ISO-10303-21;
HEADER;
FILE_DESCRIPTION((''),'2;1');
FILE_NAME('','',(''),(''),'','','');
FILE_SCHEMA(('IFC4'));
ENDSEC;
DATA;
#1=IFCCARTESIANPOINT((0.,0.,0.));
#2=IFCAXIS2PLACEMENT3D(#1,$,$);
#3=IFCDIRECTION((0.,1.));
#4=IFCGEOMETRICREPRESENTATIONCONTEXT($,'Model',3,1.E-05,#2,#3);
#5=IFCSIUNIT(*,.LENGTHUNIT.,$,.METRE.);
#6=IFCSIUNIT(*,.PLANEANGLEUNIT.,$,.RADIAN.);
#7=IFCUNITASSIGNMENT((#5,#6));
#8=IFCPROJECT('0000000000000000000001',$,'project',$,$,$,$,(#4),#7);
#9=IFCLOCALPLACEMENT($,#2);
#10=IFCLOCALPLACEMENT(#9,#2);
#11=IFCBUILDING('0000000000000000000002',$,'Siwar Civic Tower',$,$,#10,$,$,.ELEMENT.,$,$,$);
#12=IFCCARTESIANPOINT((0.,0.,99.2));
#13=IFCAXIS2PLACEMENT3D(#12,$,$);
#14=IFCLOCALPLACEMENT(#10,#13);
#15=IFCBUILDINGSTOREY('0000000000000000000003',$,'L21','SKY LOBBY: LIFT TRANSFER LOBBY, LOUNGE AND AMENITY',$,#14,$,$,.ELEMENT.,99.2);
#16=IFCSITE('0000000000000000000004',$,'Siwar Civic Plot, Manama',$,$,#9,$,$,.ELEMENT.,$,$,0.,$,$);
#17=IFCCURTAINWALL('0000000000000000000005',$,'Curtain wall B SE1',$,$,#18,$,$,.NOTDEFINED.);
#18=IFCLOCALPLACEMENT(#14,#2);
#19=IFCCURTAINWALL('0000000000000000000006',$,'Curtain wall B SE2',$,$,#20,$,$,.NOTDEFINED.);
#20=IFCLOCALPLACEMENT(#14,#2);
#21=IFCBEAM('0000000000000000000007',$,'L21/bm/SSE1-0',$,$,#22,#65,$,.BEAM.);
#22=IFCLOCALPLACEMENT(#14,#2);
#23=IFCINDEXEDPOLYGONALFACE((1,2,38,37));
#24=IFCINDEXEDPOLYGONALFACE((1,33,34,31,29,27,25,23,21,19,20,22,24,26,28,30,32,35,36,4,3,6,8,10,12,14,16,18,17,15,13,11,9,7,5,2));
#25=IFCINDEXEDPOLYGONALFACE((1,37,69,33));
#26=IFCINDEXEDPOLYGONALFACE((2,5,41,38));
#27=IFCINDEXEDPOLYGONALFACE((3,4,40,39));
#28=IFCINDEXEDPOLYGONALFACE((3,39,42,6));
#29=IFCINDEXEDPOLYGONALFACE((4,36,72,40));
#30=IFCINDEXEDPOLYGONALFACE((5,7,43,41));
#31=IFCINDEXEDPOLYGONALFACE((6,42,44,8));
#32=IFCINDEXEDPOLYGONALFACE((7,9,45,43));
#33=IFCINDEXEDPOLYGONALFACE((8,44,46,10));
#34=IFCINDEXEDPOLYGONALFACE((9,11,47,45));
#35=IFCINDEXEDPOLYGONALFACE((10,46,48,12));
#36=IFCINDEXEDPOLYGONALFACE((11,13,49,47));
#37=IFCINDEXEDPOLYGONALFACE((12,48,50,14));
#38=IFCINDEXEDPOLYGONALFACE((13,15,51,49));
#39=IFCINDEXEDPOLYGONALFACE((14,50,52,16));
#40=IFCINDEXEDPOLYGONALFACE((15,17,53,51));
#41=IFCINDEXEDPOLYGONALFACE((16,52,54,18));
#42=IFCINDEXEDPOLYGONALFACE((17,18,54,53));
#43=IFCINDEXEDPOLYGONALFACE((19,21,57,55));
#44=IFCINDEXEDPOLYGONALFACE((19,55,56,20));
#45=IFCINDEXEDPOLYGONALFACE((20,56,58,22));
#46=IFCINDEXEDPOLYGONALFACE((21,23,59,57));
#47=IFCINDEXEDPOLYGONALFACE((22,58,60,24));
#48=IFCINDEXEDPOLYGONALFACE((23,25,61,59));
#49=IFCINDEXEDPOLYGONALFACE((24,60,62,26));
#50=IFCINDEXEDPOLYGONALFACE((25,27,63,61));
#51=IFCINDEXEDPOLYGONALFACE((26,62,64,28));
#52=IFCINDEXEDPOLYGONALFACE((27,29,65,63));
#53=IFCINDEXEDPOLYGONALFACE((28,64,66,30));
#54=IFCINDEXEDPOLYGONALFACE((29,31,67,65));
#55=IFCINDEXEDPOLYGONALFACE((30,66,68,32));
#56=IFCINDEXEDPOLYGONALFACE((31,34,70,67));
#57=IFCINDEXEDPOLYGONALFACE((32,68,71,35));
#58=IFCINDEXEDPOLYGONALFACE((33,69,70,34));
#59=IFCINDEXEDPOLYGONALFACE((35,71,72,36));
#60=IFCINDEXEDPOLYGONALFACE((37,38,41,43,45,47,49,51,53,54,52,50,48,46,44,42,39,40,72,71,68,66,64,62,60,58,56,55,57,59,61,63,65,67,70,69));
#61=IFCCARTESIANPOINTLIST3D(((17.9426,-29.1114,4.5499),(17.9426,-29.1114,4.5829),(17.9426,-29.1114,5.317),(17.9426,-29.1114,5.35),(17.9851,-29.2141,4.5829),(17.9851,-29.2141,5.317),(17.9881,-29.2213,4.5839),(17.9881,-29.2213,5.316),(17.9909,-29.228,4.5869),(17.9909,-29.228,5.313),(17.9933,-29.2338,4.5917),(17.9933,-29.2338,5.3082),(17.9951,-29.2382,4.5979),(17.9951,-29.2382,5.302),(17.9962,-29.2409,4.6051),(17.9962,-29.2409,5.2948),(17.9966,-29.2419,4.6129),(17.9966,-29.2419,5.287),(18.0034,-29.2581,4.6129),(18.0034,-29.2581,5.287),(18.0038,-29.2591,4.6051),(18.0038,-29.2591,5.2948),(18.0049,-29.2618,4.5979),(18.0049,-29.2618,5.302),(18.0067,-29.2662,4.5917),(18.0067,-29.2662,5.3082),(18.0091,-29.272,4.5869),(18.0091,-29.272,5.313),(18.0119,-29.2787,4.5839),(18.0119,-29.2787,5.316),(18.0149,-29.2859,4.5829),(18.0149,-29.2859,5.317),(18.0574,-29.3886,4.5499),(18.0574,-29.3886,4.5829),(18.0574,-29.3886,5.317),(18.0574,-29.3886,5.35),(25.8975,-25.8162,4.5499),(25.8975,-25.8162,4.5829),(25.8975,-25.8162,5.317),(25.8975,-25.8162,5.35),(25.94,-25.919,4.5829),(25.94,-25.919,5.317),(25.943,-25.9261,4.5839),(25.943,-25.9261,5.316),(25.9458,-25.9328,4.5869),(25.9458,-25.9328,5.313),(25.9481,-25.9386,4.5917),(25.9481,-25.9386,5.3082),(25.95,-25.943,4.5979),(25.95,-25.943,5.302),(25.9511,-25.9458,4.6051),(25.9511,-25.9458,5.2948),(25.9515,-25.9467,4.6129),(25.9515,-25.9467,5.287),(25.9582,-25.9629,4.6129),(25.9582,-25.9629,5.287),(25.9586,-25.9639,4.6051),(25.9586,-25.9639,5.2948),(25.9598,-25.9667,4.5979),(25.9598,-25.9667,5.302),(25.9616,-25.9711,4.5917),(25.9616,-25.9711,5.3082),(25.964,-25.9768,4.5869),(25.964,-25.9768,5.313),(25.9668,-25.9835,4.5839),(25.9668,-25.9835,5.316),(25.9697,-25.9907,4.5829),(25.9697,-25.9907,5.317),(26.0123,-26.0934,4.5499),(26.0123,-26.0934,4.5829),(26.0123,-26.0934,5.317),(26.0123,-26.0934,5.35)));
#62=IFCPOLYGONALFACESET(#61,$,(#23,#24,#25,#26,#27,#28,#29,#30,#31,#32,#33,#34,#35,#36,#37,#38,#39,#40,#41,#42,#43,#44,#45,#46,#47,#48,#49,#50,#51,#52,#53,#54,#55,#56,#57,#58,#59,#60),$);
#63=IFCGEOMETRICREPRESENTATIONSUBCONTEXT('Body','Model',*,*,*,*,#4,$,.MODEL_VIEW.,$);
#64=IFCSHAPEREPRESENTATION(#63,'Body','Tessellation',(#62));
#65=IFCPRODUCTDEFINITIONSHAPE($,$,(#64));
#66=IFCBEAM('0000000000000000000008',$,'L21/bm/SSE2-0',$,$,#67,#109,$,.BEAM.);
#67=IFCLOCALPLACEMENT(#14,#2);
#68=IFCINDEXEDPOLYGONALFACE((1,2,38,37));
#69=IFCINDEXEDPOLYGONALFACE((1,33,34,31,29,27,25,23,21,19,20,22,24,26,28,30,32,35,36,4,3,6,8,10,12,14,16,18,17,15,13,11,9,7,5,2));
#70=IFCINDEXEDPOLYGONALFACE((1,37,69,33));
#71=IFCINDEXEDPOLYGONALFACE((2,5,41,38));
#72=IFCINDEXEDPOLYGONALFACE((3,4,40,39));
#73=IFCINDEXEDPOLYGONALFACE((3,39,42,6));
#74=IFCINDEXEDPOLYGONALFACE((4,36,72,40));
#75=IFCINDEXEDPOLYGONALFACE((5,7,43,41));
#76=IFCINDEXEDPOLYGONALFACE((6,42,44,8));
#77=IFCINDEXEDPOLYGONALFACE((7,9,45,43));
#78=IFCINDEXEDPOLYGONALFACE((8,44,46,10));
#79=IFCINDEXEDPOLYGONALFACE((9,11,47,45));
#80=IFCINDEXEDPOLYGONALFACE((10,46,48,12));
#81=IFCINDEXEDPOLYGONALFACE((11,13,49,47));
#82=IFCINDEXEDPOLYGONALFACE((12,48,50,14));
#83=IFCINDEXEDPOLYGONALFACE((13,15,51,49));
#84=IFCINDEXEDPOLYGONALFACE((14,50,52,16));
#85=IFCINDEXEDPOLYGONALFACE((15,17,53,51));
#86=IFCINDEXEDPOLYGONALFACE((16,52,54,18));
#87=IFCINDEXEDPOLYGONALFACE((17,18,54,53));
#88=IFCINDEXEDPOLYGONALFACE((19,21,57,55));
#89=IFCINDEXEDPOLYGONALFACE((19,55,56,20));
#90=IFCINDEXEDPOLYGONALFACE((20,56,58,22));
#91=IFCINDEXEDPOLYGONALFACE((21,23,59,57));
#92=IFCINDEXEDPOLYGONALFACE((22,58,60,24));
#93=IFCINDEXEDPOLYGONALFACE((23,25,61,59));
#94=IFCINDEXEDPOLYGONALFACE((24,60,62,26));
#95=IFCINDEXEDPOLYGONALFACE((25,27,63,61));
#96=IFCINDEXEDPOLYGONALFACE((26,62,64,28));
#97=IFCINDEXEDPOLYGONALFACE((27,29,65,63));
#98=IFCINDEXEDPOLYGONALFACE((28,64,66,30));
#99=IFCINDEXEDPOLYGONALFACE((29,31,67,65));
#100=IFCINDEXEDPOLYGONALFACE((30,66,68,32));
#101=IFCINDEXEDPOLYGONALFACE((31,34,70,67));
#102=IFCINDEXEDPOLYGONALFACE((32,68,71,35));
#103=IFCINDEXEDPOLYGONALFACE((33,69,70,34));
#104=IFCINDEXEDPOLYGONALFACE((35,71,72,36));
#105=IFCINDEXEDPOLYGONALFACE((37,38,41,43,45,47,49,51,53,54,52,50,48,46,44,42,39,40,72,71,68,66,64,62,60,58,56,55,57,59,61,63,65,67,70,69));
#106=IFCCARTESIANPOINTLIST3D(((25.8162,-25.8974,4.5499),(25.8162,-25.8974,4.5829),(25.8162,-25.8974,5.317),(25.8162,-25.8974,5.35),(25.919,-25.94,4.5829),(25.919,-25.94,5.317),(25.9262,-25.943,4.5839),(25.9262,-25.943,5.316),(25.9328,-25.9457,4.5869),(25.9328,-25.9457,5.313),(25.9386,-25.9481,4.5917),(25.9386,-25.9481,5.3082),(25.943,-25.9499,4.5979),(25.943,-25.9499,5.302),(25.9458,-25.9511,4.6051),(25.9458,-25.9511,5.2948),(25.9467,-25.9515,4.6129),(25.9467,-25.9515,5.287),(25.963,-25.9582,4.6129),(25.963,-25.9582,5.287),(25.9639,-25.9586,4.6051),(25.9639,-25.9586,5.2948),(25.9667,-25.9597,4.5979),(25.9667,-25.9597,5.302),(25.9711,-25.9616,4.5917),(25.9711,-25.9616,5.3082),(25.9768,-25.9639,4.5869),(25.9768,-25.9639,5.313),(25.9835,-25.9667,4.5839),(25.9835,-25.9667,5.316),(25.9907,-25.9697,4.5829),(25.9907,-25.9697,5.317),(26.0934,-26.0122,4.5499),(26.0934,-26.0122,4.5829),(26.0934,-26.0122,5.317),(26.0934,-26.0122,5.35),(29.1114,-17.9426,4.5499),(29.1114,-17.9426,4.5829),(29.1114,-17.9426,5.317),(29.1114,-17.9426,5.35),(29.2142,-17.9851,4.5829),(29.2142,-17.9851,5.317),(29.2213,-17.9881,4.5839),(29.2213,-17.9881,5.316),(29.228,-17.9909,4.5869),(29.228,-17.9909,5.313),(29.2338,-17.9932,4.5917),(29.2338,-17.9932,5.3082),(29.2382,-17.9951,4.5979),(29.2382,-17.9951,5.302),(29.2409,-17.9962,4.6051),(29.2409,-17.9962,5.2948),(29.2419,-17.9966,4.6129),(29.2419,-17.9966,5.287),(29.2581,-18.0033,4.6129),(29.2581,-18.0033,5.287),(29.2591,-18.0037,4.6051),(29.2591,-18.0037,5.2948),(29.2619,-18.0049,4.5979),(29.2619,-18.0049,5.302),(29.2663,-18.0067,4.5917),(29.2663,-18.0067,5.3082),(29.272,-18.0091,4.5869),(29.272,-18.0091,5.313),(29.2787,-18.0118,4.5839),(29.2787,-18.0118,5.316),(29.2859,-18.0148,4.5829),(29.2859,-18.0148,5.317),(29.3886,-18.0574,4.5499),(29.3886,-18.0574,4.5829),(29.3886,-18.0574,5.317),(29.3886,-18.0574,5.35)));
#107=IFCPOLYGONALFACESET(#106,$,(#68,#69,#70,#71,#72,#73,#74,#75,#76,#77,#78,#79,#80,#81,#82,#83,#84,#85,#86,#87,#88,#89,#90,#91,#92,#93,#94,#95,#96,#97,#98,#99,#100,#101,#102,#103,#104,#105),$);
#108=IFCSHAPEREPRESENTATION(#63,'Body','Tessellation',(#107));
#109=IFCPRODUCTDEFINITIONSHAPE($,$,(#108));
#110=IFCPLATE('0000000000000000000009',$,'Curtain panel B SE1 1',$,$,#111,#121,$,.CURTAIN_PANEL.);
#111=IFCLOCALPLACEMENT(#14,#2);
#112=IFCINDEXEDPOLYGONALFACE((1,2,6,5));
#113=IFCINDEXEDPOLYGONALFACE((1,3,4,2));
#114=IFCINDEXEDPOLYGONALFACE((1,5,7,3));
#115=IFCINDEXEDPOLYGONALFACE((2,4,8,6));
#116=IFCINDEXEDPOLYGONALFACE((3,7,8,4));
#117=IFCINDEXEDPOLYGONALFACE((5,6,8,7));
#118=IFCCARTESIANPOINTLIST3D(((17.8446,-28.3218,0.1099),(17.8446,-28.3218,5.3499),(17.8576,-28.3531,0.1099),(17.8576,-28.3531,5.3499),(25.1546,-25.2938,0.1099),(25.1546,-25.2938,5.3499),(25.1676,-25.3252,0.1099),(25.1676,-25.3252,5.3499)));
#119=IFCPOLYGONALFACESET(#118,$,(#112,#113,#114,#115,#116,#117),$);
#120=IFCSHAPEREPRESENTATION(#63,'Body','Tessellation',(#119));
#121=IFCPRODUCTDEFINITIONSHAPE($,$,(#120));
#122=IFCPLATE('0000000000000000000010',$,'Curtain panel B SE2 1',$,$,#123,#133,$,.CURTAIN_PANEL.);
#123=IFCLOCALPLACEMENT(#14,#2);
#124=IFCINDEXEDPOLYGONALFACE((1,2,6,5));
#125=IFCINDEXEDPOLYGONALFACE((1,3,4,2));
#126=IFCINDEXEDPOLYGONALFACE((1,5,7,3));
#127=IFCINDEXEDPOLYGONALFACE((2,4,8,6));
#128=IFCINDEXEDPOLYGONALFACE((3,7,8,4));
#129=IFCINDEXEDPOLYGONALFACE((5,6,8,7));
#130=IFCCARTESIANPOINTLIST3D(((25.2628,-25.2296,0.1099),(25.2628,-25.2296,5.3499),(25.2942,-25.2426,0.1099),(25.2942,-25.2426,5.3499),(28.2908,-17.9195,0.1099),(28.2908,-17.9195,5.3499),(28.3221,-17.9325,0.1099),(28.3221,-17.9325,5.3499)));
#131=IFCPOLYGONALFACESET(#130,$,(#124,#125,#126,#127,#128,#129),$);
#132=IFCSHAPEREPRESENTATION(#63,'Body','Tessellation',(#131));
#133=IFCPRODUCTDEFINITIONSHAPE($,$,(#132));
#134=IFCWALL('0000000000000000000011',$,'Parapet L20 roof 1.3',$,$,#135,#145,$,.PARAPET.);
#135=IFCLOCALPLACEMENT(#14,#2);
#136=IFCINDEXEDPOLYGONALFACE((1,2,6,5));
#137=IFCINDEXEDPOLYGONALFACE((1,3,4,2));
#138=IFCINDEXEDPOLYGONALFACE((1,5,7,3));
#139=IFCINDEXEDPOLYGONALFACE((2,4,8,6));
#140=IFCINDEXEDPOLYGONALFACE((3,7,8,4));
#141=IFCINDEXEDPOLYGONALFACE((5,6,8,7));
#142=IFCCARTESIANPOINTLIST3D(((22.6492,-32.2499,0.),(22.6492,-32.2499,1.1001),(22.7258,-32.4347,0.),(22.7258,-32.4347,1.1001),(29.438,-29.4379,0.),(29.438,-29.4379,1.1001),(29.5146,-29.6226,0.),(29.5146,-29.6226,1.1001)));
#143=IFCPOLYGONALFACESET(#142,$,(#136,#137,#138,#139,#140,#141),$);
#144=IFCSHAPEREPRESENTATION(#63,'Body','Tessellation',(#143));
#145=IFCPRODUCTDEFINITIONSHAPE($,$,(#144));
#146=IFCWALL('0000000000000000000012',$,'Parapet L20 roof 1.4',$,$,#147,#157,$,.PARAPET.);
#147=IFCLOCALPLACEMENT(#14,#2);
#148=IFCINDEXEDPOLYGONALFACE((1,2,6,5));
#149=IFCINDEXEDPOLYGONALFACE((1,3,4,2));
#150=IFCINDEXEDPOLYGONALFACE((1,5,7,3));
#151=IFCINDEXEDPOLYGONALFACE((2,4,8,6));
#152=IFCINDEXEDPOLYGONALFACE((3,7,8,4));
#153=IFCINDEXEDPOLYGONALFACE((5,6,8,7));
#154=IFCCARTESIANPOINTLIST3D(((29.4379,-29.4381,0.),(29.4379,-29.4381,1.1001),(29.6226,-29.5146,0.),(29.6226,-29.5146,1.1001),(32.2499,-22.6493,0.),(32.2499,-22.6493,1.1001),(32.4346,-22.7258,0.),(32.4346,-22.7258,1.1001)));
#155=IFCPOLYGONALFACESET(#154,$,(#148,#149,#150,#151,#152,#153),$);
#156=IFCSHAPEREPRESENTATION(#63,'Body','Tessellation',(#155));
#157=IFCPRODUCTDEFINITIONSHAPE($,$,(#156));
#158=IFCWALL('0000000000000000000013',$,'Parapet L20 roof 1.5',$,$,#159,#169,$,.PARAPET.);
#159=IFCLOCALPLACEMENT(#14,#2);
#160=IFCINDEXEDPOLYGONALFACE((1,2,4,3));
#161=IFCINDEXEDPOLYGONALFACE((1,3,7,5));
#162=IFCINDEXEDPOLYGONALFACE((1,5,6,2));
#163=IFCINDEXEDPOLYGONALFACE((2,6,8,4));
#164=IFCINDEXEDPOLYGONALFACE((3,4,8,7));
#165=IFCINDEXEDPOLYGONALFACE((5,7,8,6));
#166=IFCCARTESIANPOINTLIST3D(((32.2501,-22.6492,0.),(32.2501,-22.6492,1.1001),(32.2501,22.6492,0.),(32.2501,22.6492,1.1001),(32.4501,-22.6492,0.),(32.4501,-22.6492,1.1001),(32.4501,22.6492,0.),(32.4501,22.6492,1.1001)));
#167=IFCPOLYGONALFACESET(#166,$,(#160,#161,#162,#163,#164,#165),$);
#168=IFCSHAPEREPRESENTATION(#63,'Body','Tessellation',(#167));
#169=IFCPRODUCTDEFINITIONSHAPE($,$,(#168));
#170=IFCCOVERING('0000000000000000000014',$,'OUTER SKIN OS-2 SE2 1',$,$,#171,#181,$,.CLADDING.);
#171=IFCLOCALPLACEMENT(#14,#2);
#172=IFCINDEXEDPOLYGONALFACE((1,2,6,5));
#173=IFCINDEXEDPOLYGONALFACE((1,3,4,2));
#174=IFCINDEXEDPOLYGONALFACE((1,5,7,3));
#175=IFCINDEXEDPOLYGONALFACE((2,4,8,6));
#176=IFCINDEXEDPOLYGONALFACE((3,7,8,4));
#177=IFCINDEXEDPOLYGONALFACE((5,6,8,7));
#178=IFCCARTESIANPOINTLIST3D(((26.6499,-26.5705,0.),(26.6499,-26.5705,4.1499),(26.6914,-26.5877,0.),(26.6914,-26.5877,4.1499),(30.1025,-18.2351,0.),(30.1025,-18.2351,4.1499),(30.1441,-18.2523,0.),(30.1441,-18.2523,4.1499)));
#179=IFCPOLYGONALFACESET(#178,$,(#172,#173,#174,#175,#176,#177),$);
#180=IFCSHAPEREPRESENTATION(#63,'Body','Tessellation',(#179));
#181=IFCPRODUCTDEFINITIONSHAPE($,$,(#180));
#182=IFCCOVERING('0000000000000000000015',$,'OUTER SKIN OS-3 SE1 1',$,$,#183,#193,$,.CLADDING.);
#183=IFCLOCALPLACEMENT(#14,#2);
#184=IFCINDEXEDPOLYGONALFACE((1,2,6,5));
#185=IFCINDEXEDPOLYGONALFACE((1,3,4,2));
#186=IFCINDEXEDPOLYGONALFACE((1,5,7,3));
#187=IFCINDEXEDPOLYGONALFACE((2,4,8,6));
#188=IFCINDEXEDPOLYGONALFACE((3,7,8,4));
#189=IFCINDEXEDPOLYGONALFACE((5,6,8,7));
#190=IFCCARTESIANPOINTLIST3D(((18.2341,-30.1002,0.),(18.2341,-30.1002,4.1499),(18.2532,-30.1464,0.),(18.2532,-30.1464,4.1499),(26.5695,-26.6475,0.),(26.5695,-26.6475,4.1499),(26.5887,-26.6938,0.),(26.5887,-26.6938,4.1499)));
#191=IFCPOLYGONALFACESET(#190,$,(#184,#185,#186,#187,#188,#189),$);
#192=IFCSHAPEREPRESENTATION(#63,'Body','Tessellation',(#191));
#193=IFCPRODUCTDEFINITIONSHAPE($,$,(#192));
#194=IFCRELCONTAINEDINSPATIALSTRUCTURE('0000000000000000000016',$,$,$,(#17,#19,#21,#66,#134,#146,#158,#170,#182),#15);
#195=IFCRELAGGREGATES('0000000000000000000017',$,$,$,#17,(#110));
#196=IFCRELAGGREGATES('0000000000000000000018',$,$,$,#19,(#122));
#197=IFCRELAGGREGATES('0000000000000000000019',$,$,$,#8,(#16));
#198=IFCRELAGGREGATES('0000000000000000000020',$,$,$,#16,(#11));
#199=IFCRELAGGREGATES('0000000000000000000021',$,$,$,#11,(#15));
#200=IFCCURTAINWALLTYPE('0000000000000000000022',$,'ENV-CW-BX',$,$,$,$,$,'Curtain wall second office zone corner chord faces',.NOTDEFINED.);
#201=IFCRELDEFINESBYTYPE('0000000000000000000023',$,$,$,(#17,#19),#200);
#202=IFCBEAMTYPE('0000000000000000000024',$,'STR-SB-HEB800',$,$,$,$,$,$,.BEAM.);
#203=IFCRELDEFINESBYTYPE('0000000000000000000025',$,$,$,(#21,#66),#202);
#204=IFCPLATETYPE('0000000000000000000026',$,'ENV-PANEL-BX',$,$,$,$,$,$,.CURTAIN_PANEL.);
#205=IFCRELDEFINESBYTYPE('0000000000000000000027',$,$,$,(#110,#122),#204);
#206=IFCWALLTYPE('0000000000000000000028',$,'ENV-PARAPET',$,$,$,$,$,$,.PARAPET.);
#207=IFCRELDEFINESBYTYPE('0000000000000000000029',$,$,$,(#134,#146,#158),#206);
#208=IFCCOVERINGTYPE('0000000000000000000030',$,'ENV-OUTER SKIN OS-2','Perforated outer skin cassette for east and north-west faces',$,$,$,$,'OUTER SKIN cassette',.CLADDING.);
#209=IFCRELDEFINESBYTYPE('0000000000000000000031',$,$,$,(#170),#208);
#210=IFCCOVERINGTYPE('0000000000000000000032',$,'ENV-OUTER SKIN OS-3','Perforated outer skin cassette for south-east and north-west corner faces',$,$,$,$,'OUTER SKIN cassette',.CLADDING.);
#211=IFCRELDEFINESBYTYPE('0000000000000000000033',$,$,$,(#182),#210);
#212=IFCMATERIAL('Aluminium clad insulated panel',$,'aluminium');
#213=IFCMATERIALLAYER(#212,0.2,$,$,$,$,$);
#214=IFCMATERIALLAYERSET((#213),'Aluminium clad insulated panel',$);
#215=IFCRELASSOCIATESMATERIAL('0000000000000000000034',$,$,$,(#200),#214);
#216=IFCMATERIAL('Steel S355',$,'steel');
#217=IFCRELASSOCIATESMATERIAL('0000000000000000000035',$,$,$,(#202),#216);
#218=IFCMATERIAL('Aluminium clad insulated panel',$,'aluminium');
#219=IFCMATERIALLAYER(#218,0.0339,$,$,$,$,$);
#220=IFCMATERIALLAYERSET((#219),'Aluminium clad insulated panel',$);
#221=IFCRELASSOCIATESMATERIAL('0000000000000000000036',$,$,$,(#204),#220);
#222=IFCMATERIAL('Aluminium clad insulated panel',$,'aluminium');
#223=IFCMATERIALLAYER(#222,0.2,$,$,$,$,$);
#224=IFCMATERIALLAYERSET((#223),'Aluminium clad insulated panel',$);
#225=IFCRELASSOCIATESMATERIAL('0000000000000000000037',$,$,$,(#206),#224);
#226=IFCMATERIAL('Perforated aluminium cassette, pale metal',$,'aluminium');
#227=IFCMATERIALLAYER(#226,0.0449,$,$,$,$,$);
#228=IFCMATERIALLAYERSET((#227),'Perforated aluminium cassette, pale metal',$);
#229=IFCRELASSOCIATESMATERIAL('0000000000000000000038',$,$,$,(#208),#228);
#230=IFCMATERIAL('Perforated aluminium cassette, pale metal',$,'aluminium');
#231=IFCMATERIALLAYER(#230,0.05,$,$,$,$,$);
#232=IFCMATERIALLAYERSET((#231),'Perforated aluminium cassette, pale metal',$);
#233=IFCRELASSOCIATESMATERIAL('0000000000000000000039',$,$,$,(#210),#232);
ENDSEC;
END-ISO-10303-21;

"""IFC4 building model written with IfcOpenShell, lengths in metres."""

from ifc_helpers import new_model, si_unit, direction, frame, frame_2d, origin, origin_2d, place, context, subcontext, project, spatial, rectangle, i_section, extrude, material, layer, layer_set, material_profile, profile_set, type_object, element, aggregate, save


model = new_model("IFC4")

# Units and contexts
model_context = context("Model", 3, precision=1e-05, world=origin(), true_north=direction((0.0, 1.0)))
body_context = subcontext(model_context, "Body", "Model", "MODEL_VIEW")
ifc_project = project(units=[si_unit("LENGTHUNIT", "METRE"), si_unit("PLANEANGLEUNIT", "RADIAN")], contexts=[model_context])

# Site, building, storey
site_placement = place(None, origin())
site = spatial("IfcSite", under=ifc_project, at=site_placement, Name="Siwar Civic Plot, Manama", CompositionType="ELEMENT", RefElevation=0.0)
building_placement = place(site_placement, origin())
building = spatial("IfcBuilding", under=site, at=building_placement, Name="Siwar Civic Tower", CompositionType="ELEMENT")
storey_placement = place(building_placement, frame((0.0, 0.0, 99.2)))
storey = spatial("IfcBuildingStorey", under=building, at=storey_placement, Name="L21", Description="SKY LOBBY: LIFT TRANSFER LOBBY, LOUNGE AND AMENITY", CompositionType="ELEMENT", Elevation=99.2)

# Curtain walls
ifc_material_1 = material(Name="Aluminium clad insulated panel", Category="aluminium")
ifc_layer_1 = layer(ifc_material_1, 0.2)
ifc_layer_set_1 = layer_set([ifc_layer_1], Name="Aluminium clad insulated panel")
curtain_wall_type = type_object("IfcCurtainWallType", Name="ENV-CW-BX", ElementType="Curtain wall second office zone corner chord faces", PredefinedType="NOTDEFINED", material=ifc_layer_set_1)
curtain_wall_1_placement = place(storey_placement, origin())
curtain_wall_1 = element("IfcCurtainWall", 1, at=curtain_wall_1_placement, inside=storey, type_object=curtain_wall_type, Name="Curtain wall B SE1", PredefinedType="NOTDEFINED")
curtain_wall_2_placement = place(storey_placement, origin())
curtain_wall_2 = element("IfcCurtainWall", 2, at=curtain_wall_2_placement, inside=storey, type_object=curtain_wall_type, Name="Curtain wall B SE2", PredefinedType="NOTDEFINED")

# Beams
ifc_material_2 = material(Name="Steel S355", Category="steel")
ifc_material_profile_1 = material_profile(ifc_material_2, i_section(OverallWidth=0.3, OverallDepth=0.8, WebThickness=0.0176, FlangeThickness=0.033, FilletRadius=0.03, at=origin_2d()), Name="HEB800")
ifc_profile_set_1 = profile_set([ifc_material_profile_1], Name="Steel S355")
beam_type_1 = type_object("IfcBeamType", Name="STR-SB-HEB800", PredefinedType="BEAM", material=ifc_profile_set_1)
for number, where, z_axis, x_axis, name in (
    (3, (18.0, -29.25, 4.95), (0.923873, 0.3827, 0.0), (-0.3827, 0.923873, 0.0), "L21/bm/SSE1-0"),
    (4, (25.9548, -25.9548, 4.95), (0.3827, 0.923873, 0.0), (-0.923873, 0.3827, 0.0), "L21/bm/SSE2-0"),
):
    element("IfcBeam", number, at=place(storey_placement, frame(where, z_axis=z_axis, x_axis=x_axis)), inside=storey, type_object=beam_type_1, Name=name, PredefinedType="BEAM", context=body_context, shape_type="SweptSolid", body=[
        extrude(i_section(OverallWidth=0.3, OverallDepth=0.8, WebThickness=0.0176, FlangeThickness=0.033, FilletRadius=0.03, at=origin_2d()), origin(), (0.0, 0.0, 1.0), 8.6104),
    ])

# Plates
ifc_material_3 = material(Name="Aluminium clad insulated panel", Category="aluminium")
ifc_layer_2 = layer(ifc_material_3, 0.0339)
ifc_layer_set_2 = layer_set([ifc_layer_2], Name="Aluminium clad insulated panel")
plate_type = type_object("IfcPlateType", Name="ENV-PANEL-BX", PredefinedType="CURTAIN_PANEL", material=ifc_layer_set_2)
plate_1_placement = place(storey_placement, frame((21.5061, -26.8235, 0.1099), z_axis=(0.0, 0.0, 1.0), x_axis=(0.92388, 0.382683, 0.0)))
plate_1 = element("IfcPlate", 5, at=plate_1_placement, type_object=plate_type, Name="Curtain panel B SE1 1", PredefinedType="CURTAIN_PANEL", context=body_context, shape_type="SweptSolid", body=[
    extrude(rectangle(XDim=7.9124, YDim=0.0339, at=origin_2d()), origin(), (0.0, 0.0, 1.0), 5.24),
])
aggregate(curtain_wall_1, [plate_1])
plate_2_placement = place(storey_placement, frame((26.7925, -21.5811, 0.1099), z_axis=(0.0, 0.0, 1.0), x_axis=(0.382683, 0.92388, 0.0)))
plate_2 = element("IfcPlate", 6, at=plate_2_placement, type_object=plate_type, Name="Curtain panel B SE2 1", PredefinedType="CURTAIN_PANEL", context=body_context, shape_type="SweptSolid", body=[
    extrude(rectangle(XDim=7.9124, YDim=0.0339, at=origin_2d()), origin(), (0.0, 0.0, 1.0), 5.24),
])
aggregate(curtain_wall_2, [plate_2])

# Walls
ifc_material_4 = material(Name="Aluminium clad insulated panel", Category="aluminium")
ifc_layer_3 = layer(ifc_material_4, 0.2)
ifc_layer_set_3 = layer_set([ifc_layer_3], Name="Aluminium clad insulated panel")
wall_type = type_object("IfcWallType", Name="ENV-PARAPET", PredefinedType="PARAPET", material=ifc_layer_set_3)
for number, where, z_axis, x_axis, name in (
    (7, (22.6875, -32.3423, 0.0), (0.0, 0.0, 1.0), (0.92388, 0.382682, 0.0), "Parapet L20 roof 1.3"),
    (8, (29.5303, -29.4763, 0.0), (0.0, 0.0, 1.0), (0.382682, 0.92388, 0.0), "Parapet L20 roof 1.4"),
):
    element("IfcWall", number, at=place(storey_placement, frame(where, z_axis=z_axis, x_axis=x_axis)), inside=storey, type_object=wall_type, Name=name, PredefinedType="PARAPET", context=body_context, shape_type="SweptSolid", body=[
        extrude(rectangle(XDim=7.3481, YDim=0.2, at=frame_2d((3.6741, 0.0))), origin(), (0.0, 0.0, 1.0), 1.1001),
    ])
wall_placement = place(storey_placement, frame((32.3501, -22.6492, 0.0), z_axis=(0.0, 0.0, 1.0), x_axis=(0.0, 1.0, 0.0)))
element("IfcWall", 9, at=wall_placement, inside=storey, type_object=wall_type, Name="Parapet L20 roof 1.5", PredefinedType="PARAPET", context=body_context, shape_type="SweptSolid", body=[
    extrude(rectangle(XDim=45.2983, YDim=0.2, at=frame_2d((22.6492, 0.0))), origin(), (0.0, 0.0, 1.0), 1.1001),
])

# Coverings
ifc_material_5 = material(Name="Perforated aluminium cassette, pale metal", Category="aluminium")
ifc_layer_4 = layer(ifc_material_5, 0.0449)
ifc_layer_set_4 = layer_set([ifc_layer_4], Name="Perforated aluminium cassette, pale metal")
covering_type_1 = type_object("IfcCoveringType", Name="ENV-OUTER SKIN OS-2", Description="Perforated outer skin cassette for east and north-west faces", ElementType="OUTER SKIN cassette", PredefinedType="CLADDING", material=ifc_layer_set_4)
covering_1_placement = place(storey_placement, frame((28.397, -22.4114, 0.0), z_axis=(0.0, 0.0, 1.0), x_axis=(0.382683, 0.92388, 0.0)))
element("IfcCovering", 10, at=covering_1_placement, inside=storey, type_object=covering_type_1, Name="OUTER SKIN OS-2 SE2 1", PredefinedType="CLADDING", context=body_context, shape_type="SweptSolid", body=[
    extrude(rectangle(XDim=9.0222, YDim=0.0449, at=origin_2d()), origin(), (0.0, 0.0, 1.0), 4.1499),
])
ifc_material_6 = material(Name="Perforated aluminium cassette, pale metal", Category="aluminium")
ifc_layer_5 = layer(ifc_material_6, 0.05)
ifc_layer_set_5 = layer_set([ifc_layer_5], Name="Perforated aluminium cassette, pale metal")
covering_type_2 = type_object("IfcCoveringType", Name="ENV-OUTER SKIN OS-3", Description="Perforated outer skin cassette for south-east and north-west corner faces", ElementType="OUTER SKIN cassette", PredefinedType="CLADDING", material=ifc_layer_set_5)
covering_2_placement = place(storey_placement, frame((22.4114, -28.397, 0.0), z_axis=(0.0, 0.0, 1.0), x_axis=(0.92388, 0.382683, 0.0)))
element("IfcCovering", 11, at=covering_2_placement, inside=storey, type_object=covering_type_2, Name="OUTER SKIN OS-3 SE1 1", PredefinedType="CLADDING", context=body_context, shape_type="SweptSolid", body=[
    extrude(rectangle(XDim=9.0222, YDim=0.05, at=origin_2d()), origin(), (0.0, 0.0, 1.0), 4.1499),
])

save(model, "model.ifc")
